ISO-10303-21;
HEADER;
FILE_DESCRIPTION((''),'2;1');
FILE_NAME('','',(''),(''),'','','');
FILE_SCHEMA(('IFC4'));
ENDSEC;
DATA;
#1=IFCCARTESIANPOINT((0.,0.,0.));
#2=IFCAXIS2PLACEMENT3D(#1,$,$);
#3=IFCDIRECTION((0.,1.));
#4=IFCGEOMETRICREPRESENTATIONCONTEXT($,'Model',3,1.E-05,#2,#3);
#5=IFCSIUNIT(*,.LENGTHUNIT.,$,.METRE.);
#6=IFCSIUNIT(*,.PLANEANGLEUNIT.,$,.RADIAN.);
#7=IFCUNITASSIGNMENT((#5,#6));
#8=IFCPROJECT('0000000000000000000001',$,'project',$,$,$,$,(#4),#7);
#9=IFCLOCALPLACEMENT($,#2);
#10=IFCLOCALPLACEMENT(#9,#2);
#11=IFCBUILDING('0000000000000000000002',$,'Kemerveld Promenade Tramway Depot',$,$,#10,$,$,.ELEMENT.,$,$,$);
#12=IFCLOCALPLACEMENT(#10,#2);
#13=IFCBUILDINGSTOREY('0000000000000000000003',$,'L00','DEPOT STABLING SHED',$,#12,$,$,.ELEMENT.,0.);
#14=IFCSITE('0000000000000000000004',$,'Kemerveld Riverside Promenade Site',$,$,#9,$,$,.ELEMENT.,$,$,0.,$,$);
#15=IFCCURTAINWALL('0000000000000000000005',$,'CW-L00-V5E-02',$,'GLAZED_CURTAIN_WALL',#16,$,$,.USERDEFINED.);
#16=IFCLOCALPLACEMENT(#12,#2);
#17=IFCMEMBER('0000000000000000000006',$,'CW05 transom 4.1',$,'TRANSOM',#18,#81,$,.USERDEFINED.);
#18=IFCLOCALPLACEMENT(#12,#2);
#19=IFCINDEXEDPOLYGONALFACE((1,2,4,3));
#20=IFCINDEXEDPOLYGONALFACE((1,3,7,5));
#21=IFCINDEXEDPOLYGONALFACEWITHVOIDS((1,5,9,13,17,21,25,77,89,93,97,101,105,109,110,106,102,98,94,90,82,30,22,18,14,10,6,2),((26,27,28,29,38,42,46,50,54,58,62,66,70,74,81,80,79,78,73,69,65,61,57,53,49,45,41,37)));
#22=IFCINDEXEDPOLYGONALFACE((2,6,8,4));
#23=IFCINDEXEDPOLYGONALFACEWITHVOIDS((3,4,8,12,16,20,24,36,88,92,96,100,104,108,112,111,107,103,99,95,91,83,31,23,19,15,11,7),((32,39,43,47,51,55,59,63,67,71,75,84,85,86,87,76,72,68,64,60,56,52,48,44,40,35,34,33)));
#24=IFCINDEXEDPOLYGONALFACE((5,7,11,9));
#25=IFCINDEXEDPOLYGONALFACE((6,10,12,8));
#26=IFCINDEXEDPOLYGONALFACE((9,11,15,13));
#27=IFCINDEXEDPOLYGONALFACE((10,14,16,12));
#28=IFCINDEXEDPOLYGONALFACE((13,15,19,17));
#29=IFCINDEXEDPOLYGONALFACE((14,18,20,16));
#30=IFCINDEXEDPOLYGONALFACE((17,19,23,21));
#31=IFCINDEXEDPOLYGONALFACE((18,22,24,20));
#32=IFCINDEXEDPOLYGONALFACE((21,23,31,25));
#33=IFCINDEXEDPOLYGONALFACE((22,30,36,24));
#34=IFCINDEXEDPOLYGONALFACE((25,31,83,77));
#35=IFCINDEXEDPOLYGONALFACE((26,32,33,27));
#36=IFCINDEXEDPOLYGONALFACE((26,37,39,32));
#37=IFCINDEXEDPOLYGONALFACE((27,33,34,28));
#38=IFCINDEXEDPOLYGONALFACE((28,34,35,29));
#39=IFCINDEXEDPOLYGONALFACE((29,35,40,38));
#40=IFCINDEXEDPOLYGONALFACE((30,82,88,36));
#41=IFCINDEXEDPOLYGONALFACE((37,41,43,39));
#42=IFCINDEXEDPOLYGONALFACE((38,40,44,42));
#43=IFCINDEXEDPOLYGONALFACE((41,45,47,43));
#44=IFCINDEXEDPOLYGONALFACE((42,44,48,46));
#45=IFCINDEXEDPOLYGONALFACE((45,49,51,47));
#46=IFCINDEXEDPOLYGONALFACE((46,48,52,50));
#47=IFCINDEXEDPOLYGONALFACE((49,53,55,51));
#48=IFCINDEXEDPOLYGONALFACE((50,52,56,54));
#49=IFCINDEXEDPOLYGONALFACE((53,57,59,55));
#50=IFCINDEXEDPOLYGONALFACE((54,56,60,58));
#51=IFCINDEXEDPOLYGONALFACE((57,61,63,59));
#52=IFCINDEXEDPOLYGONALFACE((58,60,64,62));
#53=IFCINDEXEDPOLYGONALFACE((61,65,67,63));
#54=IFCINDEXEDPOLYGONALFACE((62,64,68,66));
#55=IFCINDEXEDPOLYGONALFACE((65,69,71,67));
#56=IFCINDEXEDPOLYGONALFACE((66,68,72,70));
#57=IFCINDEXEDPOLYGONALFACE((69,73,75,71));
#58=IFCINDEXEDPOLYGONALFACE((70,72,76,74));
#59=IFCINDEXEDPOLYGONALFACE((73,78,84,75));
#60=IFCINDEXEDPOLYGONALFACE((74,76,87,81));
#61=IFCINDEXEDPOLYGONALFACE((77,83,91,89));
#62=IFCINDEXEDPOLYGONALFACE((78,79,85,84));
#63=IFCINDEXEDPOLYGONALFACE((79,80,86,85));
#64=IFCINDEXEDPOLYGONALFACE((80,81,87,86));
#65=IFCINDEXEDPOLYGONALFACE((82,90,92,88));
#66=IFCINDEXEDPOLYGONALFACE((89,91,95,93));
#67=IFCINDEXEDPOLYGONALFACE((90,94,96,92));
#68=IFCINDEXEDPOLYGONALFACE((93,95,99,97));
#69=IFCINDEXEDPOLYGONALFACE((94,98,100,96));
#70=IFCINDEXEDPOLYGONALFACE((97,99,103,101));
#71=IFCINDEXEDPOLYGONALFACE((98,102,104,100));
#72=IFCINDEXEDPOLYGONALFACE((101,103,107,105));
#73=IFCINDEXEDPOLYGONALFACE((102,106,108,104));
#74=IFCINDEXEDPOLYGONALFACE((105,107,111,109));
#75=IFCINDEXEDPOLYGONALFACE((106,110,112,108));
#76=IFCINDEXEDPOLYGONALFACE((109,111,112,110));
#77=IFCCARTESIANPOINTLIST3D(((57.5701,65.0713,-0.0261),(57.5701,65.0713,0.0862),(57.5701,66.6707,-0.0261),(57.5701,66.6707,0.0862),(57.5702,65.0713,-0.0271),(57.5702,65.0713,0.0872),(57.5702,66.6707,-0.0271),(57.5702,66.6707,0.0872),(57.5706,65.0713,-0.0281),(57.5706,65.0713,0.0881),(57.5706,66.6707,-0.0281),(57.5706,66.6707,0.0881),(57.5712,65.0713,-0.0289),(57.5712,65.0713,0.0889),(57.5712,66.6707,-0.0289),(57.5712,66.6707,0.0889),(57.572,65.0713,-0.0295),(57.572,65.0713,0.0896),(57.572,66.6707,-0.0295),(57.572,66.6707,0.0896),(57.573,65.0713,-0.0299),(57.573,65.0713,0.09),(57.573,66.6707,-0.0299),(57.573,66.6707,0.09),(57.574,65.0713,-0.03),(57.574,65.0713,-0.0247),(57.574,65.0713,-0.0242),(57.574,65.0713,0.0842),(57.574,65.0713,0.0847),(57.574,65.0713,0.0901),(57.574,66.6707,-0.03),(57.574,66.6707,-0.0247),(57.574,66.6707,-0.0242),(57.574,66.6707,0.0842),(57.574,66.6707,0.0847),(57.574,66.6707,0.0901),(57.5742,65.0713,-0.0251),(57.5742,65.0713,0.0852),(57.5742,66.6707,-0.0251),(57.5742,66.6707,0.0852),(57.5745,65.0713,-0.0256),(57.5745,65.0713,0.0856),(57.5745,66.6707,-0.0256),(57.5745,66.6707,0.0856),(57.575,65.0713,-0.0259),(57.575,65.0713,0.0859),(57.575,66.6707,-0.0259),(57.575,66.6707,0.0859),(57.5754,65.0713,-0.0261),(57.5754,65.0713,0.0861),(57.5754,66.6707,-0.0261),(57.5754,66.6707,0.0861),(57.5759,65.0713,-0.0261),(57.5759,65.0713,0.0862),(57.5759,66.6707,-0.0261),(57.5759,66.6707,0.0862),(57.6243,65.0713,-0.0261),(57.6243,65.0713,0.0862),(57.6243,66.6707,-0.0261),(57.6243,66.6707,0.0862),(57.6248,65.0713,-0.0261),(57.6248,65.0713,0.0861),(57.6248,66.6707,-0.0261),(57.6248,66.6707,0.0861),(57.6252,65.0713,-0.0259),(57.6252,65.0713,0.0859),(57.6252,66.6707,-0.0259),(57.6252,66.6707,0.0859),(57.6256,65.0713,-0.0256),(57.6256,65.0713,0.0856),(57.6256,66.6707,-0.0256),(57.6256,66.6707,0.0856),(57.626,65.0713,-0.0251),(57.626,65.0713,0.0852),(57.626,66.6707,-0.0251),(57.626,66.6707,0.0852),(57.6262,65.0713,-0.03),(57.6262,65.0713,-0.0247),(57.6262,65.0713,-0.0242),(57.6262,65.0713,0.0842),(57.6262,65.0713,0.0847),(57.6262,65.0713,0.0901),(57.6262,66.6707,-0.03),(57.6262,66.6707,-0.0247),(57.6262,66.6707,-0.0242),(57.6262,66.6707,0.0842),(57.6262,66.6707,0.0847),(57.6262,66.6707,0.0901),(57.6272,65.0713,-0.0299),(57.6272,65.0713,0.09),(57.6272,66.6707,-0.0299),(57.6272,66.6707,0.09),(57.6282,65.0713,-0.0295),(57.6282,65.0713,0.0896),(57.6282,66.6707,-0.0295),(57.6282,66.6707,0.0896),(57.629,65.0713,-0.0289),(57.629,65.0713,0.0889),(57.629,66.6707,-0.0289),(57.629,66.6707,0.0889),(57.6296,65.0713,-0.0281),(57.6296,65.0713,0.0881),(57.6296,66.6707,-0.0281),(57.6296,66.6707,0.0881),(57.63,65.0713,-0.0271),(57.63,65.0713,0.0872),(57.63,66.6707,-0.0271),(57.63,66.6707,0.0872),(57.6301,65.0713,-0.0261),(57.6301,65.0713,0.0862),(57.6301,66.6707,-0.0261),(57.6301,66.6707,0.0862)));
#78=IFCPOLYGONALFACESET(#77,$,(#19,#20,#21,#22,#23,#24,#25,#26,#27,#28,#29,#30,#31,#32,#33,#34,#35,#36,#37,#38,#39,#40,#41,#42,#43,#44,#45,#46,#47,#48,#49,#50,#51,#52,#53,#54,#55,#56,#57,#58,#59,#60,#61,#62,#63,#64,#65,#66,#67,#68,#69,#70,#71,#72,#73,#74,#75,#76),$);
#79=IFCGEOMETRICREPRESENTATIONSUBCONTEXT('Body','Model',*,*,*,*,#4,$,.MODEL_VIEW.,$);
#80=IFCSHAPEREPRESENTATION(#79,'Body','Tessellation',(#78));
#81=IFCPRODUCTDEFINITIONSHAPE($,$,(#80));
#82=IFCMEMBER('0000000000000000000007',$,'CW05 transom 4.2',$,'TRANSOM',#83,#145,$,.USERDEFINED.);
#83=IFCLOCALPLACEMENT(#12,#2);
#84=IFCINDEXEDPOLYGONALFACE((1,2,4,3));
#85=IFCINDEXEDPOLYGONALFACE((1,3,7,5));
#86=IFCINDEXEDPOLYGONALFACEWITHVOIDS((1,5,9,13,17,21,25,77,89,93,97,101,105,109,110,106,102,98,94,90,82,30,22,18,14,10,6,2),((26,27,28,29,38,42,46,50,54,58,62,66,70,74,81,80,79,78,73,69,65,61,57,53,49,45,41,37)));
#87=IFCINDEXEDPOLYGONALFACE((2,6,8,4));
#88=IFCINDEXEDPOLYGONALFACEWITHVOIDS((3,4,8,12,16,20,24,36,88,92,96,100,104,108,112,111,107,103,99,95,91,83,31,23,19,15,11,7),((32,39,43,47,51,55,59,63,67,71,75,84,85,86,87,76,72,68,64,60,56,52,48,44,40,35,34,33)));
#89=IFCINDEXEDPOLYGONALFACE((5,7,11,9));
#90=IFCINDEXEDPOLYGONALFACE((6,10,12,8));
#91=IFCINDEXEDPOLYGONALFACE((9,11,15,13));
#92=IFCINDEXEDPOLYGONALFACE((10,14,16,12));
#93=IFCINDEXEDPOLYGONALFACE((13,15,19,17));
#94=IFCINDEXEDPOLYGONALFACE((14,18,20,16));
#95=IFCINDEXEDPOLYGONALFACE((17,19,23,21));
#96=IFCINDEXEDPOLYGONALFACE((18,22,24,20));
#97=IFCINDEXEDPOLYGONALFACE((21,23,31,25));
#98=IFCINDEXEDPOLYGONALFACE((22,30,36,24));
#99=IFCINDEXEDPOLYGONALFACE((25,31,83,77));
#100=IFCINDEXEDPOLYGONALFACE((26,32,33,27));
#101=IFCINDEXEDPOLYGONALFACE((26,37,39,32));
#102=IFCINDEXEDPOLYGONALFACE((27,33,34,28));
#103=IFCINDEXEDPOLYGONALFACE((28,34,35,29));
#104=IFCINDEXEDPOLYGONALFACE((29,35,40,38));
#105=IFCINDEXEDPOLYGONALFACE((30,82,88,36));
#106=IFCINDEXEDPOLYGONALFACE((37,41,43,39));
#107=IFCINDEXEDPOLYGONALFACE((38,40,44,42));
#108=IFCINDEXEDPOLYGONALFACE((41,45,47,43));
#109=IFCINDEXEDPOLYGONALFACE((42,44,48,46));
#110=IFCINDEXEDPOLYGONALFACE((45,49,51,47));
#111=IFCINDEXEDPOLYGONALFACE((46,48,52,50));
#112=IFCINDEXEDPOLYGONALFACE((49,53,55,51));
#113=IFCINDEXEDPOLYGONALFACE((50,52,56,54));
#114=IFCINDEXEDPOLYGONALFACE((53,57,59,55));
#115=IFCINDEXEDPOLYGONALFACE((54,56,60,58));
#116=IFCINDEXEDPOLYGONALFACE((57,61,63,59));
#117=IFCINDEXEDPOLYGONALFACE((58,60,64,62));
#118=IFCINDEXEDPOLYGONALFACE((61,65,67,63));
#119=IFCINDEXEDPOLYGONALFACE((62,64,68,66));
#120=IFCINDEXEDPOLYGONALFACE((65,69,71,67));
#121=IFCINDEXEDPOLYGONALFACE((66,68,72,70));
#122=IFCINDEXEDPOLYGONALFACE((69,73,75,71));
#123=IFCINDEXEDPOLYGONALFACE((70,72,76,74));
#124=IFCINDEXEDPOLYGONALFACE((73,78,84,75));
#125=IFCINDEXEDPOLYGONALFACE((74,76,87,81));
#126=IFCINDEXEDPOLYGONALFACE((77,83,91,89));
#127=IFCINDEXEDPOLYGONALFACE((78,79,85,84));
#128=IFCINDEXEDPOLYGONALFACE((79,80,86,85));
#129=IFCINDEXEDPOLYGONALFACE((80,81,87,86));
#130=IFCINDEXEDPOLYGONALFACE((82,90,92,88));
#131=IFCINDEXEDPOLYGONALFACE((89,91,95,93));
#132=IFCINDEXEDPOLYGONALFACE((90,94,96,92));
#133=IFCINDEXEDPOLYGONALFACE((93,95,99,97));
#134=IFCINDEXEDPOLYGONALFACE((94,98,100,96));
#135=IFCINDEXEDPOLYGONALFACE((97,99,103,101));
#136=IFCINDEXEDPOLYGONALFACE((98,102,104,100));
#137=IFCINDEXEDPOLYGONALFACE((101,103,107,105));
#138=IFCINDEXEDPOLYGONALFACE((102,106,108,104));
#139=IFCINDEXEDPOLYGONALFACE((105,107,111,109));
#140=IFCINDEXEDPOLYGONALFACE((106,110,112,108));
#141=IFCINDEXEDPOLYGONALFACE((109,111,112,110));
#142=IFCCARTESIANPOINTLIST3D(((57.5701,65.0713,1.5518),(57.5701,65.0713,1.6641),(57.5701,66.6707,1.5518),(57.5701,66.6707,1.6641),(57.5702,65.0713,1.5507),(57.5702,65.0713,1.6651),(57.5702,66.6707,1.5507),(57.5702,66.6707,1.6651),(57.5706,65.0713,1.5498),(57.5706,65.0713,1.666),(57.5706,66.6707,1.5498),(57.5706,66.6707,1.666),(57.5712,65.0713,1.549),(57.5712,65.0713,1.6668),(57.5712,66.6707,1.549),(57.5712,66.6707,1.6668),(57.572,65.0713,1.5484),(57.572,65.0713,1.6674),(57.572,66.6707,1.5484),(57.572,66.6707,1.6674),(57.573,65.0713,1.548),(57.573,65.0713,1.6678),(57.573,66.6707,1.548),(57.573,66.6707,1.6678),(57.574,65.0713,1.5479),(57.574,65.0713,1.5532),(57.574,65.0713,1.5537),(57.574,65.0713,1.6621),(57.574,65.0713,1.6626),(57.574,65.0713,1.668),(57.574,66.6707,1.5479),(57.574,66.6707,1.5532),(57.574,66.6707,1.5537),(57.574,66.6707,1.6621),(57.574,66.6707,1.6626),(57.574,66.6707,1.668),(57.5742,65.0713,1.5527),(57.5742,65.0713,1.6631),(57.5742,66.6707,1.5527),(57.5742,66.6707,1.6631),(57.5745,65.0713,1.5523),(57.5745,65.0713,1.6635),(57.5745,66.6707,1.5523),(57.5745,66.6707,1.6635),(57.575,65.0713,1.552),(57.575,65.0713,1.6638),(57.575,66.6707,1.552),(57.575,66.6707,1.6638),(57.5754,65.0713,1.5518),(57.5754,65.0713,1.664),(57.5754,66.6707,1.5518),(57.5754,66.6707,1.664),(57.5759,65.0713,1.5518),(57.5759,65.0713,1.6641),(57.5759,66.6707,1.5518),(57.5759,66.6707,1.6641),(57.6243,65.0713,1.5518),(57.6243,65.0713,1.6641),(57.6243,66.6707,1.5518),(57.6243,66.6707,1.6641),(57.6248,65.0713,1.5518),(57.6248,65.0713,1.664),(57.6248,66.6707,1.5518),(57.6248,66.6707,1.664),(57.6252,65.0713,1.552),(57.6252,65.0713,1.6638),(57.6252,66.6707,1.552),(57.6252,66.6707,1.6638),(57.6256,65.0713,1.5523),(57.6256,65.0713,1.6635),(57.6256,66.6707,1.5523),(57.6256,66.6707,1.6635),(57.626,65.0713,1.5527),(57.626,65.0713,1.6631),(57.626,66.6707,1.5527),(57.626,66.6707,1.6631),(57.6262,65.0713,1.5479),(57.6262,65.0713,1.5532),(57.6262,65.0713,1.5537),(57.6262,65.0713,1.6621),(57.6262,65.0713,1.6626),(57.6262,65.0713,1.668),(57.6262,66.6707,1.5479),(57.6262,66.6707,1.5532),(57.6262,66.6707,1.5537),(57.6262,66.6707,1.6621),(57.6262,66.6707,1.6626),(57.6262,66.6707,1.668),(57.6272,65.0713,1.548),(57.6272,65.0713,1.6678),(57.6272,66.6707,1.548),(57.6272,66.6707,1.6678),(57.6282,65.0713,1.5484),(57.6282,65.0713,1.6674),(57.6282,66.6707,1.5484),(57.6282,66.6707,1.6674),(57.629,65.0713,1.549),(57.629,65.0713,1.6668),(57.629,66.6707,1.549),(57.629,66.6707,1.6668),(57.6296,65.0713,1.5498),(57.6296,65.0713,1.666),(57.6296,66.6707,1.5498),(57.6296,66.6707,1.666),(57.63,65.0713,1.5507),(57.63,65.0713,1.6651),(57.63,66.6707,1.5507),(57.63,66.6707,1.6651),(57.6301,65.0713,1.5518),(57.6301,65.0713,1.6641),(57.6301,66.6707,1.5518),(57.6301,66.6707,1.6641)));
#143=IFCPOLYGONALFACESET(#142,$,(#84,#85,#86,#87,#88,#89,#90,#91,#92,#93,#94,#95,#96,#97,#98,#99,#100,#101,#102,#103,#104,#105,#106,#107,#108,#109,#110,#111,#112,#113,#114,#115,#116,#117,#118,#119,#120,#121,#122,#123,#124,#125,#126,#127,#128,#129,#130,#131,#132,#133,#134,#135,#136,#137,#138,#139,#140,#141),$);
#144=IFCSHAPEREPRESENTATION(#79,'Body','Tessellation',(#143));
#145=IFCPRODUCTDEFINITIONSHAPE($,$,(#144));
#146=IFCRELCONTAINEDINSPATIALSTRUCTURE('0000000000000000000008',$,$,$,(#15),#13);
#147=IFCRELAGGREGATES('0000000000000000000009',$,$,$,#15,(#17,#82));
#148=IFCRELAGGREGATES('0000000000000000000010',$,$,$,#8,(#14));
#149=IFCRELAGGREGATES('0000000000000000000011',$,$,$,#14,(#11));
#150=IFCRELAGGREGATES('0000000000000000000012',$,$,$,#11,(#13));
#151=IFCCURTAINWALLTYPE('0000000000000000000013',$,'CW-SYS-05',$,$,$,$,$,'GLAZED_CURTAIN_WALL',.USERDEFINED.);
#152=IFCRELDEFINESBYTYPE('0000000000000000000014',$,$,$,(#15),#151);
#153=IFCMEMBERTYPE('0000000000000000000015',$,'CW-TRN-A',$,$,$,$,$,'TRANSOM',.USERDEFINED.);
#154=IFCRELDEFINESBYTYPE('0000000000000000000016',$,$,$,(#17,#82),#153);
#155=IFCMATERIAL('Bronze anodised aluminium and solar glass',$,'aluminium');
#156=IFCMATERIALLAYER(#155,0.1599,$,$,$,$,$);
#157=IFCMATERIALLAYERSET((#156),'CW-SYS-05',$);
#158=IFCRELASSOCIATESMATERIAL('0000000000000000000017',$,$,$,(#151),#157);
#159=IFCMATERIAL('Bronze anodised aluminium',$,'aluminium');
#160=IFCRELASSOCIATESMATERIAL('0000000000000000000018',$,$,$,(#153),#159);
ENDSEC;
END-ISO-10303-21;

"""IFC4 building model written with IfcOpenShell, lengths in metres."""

from ifc_helpers import new_model, si_unit, direction, frame, origin, origin_2d, place, context, subcontext, project, spatial, hollow_rectangle, extrude, material, layer, layer_set, material_profile, profile_set, type_object, element, aggregate, save


model = new_model("IFC4")

# Units and contexts
model_context = context("Model", 3, precision=1e-05, world=origin(), true_north=direction((0.0, 1.0)))
body_context = subcontext(model_context, "Body", "Model", "MODEL_VIEW")
ifc_project = project(units=[si_unit("LENGTHUNIT", "METRE"), si_unit("PLANEANGLEUNIT", "RADIAN")], contexts=[model_context])

# Site, building, storey
site_placement = place(None, origin())
site = spatial("IfcSite", under=ifc_project, at=site_placement, Name="Kemerveld Riverside Promenade Site", CompositionType="ELEMENT", RefElevation=0.0)
building_placement = place(site_placement, origin())
building = spatial("IfcBuilding", under=site, at=building_placement, Name="Kemerveld Promenade Tramway Depot", CompositionType="ELEMENT")
storey_placement = place(building_placement, origin())
storey = spatial("IfcBuildingStorey", under=building, at=storey_placement, Name="L00", Description="DEPOT STABLING SHED", CompositionType="ELEMENT", Elevation=0.0)

# Curtain wall, members
ifc_material_1 = material(Name="Bronze anodised aluminium and solar glass", Category="aluminium")
ifc_layer_1 = layer(ifc_material_1, 0.1599)
ifc_layer_set_1 = layer_set([ifc_layer_1], Name="CW-SYS-05")
curtain_wall_type = type_object("IfcCurtainWallType", Name="CW-SYS-05", ElementType="GLAZED_CURTAIN_WALL", PredefinedType="USERDEFINED", material=ifc_layer_set_1)
curtain_wall_placement = place(storey_placement, origin())
curtain_wall = element("IfcCurtainWall", 1, at=curtain_wall_placement, inside=storey, type_object=curtain_wall_type, Name="CW-L00-V5E-02", ObjectType="GLAZED_CURTAIN_WALL", PredefinedType="USERDEFINED")
ifc_material_2 = material(Name="Bronze anodised aluminium", Category="aluminium")
ifc_material_profile_1 = material_profile(ifc_material_2, hollow_rectangle(XDim=0.0601, YDim=0.1201, WallThickness=0.0039, InnerFilletRadius=0.002, OuterFilletRadius=0.0039, at=origin_2d()), Name="CW-TRN-120x60")
ifc_profile_set_1 = profile_set([ifc_material_profile_1], Name="Bronze anodised aluminium")
member_type_1 = type_object("IfcMemberType", Name="CW-TRN-A", ElementType="TRANSOM", PredefinedType="USERDEFINED", material=ifc_profile_set_1)
member_1_placement = place(storey_placement, frame((57.6001, 66.6707, 0.03), z_axis=(0.0, -1.0, 0.0), x_axis=(1.0, 0.0, 0.0)))
member_1 = element("IfcMember", 2, at=member_1_placement, type_object=member_type_1, Name="CW05 transom 4.1", ObjectType="TRANSOM", PredefinedType="USERDEFINED", context=body_context, shape_type="SweptSolid", body=[
    extrude(hollow_rectangle(XDim=0.0601, YDim=0.1201, WallThickness=0.0039, InnerFilletRadius=0.002, OuterFilletRadius=0.0039, at=origin_2d()), origin(), (0.0, 0.0, 1.0), 1.5994),
])
member_2_placement = place(storey_placement, frame((57.6001, 66.6707, 1.6079), z_axis=(0.0, -1.0, 0.0), x_axis=(1.0, 0.0, 0.0)))
member_2 = element("IfcMember", 3, at=member_2_placement, type_object=member_type_1, Name="CW05 transom 4.2", ObjectType="TRANSOM", PredefinedType="USERDEFINED", context=body_context, shape_type="SweptSolid", body=[
    extrude(hollow_rectangle(XDim=0.0601, YDim=0.1201, WallThickness=0.0039, InnerFilletRadius=0.002, OuterFilletRadius=0.0039, at=origin_2d()), origin(), (0.0, 0.0, 1.0), 1.5994),
])
aggregate(curtain_wall, [member_1, member_2])

save(model, "model.ifc")
